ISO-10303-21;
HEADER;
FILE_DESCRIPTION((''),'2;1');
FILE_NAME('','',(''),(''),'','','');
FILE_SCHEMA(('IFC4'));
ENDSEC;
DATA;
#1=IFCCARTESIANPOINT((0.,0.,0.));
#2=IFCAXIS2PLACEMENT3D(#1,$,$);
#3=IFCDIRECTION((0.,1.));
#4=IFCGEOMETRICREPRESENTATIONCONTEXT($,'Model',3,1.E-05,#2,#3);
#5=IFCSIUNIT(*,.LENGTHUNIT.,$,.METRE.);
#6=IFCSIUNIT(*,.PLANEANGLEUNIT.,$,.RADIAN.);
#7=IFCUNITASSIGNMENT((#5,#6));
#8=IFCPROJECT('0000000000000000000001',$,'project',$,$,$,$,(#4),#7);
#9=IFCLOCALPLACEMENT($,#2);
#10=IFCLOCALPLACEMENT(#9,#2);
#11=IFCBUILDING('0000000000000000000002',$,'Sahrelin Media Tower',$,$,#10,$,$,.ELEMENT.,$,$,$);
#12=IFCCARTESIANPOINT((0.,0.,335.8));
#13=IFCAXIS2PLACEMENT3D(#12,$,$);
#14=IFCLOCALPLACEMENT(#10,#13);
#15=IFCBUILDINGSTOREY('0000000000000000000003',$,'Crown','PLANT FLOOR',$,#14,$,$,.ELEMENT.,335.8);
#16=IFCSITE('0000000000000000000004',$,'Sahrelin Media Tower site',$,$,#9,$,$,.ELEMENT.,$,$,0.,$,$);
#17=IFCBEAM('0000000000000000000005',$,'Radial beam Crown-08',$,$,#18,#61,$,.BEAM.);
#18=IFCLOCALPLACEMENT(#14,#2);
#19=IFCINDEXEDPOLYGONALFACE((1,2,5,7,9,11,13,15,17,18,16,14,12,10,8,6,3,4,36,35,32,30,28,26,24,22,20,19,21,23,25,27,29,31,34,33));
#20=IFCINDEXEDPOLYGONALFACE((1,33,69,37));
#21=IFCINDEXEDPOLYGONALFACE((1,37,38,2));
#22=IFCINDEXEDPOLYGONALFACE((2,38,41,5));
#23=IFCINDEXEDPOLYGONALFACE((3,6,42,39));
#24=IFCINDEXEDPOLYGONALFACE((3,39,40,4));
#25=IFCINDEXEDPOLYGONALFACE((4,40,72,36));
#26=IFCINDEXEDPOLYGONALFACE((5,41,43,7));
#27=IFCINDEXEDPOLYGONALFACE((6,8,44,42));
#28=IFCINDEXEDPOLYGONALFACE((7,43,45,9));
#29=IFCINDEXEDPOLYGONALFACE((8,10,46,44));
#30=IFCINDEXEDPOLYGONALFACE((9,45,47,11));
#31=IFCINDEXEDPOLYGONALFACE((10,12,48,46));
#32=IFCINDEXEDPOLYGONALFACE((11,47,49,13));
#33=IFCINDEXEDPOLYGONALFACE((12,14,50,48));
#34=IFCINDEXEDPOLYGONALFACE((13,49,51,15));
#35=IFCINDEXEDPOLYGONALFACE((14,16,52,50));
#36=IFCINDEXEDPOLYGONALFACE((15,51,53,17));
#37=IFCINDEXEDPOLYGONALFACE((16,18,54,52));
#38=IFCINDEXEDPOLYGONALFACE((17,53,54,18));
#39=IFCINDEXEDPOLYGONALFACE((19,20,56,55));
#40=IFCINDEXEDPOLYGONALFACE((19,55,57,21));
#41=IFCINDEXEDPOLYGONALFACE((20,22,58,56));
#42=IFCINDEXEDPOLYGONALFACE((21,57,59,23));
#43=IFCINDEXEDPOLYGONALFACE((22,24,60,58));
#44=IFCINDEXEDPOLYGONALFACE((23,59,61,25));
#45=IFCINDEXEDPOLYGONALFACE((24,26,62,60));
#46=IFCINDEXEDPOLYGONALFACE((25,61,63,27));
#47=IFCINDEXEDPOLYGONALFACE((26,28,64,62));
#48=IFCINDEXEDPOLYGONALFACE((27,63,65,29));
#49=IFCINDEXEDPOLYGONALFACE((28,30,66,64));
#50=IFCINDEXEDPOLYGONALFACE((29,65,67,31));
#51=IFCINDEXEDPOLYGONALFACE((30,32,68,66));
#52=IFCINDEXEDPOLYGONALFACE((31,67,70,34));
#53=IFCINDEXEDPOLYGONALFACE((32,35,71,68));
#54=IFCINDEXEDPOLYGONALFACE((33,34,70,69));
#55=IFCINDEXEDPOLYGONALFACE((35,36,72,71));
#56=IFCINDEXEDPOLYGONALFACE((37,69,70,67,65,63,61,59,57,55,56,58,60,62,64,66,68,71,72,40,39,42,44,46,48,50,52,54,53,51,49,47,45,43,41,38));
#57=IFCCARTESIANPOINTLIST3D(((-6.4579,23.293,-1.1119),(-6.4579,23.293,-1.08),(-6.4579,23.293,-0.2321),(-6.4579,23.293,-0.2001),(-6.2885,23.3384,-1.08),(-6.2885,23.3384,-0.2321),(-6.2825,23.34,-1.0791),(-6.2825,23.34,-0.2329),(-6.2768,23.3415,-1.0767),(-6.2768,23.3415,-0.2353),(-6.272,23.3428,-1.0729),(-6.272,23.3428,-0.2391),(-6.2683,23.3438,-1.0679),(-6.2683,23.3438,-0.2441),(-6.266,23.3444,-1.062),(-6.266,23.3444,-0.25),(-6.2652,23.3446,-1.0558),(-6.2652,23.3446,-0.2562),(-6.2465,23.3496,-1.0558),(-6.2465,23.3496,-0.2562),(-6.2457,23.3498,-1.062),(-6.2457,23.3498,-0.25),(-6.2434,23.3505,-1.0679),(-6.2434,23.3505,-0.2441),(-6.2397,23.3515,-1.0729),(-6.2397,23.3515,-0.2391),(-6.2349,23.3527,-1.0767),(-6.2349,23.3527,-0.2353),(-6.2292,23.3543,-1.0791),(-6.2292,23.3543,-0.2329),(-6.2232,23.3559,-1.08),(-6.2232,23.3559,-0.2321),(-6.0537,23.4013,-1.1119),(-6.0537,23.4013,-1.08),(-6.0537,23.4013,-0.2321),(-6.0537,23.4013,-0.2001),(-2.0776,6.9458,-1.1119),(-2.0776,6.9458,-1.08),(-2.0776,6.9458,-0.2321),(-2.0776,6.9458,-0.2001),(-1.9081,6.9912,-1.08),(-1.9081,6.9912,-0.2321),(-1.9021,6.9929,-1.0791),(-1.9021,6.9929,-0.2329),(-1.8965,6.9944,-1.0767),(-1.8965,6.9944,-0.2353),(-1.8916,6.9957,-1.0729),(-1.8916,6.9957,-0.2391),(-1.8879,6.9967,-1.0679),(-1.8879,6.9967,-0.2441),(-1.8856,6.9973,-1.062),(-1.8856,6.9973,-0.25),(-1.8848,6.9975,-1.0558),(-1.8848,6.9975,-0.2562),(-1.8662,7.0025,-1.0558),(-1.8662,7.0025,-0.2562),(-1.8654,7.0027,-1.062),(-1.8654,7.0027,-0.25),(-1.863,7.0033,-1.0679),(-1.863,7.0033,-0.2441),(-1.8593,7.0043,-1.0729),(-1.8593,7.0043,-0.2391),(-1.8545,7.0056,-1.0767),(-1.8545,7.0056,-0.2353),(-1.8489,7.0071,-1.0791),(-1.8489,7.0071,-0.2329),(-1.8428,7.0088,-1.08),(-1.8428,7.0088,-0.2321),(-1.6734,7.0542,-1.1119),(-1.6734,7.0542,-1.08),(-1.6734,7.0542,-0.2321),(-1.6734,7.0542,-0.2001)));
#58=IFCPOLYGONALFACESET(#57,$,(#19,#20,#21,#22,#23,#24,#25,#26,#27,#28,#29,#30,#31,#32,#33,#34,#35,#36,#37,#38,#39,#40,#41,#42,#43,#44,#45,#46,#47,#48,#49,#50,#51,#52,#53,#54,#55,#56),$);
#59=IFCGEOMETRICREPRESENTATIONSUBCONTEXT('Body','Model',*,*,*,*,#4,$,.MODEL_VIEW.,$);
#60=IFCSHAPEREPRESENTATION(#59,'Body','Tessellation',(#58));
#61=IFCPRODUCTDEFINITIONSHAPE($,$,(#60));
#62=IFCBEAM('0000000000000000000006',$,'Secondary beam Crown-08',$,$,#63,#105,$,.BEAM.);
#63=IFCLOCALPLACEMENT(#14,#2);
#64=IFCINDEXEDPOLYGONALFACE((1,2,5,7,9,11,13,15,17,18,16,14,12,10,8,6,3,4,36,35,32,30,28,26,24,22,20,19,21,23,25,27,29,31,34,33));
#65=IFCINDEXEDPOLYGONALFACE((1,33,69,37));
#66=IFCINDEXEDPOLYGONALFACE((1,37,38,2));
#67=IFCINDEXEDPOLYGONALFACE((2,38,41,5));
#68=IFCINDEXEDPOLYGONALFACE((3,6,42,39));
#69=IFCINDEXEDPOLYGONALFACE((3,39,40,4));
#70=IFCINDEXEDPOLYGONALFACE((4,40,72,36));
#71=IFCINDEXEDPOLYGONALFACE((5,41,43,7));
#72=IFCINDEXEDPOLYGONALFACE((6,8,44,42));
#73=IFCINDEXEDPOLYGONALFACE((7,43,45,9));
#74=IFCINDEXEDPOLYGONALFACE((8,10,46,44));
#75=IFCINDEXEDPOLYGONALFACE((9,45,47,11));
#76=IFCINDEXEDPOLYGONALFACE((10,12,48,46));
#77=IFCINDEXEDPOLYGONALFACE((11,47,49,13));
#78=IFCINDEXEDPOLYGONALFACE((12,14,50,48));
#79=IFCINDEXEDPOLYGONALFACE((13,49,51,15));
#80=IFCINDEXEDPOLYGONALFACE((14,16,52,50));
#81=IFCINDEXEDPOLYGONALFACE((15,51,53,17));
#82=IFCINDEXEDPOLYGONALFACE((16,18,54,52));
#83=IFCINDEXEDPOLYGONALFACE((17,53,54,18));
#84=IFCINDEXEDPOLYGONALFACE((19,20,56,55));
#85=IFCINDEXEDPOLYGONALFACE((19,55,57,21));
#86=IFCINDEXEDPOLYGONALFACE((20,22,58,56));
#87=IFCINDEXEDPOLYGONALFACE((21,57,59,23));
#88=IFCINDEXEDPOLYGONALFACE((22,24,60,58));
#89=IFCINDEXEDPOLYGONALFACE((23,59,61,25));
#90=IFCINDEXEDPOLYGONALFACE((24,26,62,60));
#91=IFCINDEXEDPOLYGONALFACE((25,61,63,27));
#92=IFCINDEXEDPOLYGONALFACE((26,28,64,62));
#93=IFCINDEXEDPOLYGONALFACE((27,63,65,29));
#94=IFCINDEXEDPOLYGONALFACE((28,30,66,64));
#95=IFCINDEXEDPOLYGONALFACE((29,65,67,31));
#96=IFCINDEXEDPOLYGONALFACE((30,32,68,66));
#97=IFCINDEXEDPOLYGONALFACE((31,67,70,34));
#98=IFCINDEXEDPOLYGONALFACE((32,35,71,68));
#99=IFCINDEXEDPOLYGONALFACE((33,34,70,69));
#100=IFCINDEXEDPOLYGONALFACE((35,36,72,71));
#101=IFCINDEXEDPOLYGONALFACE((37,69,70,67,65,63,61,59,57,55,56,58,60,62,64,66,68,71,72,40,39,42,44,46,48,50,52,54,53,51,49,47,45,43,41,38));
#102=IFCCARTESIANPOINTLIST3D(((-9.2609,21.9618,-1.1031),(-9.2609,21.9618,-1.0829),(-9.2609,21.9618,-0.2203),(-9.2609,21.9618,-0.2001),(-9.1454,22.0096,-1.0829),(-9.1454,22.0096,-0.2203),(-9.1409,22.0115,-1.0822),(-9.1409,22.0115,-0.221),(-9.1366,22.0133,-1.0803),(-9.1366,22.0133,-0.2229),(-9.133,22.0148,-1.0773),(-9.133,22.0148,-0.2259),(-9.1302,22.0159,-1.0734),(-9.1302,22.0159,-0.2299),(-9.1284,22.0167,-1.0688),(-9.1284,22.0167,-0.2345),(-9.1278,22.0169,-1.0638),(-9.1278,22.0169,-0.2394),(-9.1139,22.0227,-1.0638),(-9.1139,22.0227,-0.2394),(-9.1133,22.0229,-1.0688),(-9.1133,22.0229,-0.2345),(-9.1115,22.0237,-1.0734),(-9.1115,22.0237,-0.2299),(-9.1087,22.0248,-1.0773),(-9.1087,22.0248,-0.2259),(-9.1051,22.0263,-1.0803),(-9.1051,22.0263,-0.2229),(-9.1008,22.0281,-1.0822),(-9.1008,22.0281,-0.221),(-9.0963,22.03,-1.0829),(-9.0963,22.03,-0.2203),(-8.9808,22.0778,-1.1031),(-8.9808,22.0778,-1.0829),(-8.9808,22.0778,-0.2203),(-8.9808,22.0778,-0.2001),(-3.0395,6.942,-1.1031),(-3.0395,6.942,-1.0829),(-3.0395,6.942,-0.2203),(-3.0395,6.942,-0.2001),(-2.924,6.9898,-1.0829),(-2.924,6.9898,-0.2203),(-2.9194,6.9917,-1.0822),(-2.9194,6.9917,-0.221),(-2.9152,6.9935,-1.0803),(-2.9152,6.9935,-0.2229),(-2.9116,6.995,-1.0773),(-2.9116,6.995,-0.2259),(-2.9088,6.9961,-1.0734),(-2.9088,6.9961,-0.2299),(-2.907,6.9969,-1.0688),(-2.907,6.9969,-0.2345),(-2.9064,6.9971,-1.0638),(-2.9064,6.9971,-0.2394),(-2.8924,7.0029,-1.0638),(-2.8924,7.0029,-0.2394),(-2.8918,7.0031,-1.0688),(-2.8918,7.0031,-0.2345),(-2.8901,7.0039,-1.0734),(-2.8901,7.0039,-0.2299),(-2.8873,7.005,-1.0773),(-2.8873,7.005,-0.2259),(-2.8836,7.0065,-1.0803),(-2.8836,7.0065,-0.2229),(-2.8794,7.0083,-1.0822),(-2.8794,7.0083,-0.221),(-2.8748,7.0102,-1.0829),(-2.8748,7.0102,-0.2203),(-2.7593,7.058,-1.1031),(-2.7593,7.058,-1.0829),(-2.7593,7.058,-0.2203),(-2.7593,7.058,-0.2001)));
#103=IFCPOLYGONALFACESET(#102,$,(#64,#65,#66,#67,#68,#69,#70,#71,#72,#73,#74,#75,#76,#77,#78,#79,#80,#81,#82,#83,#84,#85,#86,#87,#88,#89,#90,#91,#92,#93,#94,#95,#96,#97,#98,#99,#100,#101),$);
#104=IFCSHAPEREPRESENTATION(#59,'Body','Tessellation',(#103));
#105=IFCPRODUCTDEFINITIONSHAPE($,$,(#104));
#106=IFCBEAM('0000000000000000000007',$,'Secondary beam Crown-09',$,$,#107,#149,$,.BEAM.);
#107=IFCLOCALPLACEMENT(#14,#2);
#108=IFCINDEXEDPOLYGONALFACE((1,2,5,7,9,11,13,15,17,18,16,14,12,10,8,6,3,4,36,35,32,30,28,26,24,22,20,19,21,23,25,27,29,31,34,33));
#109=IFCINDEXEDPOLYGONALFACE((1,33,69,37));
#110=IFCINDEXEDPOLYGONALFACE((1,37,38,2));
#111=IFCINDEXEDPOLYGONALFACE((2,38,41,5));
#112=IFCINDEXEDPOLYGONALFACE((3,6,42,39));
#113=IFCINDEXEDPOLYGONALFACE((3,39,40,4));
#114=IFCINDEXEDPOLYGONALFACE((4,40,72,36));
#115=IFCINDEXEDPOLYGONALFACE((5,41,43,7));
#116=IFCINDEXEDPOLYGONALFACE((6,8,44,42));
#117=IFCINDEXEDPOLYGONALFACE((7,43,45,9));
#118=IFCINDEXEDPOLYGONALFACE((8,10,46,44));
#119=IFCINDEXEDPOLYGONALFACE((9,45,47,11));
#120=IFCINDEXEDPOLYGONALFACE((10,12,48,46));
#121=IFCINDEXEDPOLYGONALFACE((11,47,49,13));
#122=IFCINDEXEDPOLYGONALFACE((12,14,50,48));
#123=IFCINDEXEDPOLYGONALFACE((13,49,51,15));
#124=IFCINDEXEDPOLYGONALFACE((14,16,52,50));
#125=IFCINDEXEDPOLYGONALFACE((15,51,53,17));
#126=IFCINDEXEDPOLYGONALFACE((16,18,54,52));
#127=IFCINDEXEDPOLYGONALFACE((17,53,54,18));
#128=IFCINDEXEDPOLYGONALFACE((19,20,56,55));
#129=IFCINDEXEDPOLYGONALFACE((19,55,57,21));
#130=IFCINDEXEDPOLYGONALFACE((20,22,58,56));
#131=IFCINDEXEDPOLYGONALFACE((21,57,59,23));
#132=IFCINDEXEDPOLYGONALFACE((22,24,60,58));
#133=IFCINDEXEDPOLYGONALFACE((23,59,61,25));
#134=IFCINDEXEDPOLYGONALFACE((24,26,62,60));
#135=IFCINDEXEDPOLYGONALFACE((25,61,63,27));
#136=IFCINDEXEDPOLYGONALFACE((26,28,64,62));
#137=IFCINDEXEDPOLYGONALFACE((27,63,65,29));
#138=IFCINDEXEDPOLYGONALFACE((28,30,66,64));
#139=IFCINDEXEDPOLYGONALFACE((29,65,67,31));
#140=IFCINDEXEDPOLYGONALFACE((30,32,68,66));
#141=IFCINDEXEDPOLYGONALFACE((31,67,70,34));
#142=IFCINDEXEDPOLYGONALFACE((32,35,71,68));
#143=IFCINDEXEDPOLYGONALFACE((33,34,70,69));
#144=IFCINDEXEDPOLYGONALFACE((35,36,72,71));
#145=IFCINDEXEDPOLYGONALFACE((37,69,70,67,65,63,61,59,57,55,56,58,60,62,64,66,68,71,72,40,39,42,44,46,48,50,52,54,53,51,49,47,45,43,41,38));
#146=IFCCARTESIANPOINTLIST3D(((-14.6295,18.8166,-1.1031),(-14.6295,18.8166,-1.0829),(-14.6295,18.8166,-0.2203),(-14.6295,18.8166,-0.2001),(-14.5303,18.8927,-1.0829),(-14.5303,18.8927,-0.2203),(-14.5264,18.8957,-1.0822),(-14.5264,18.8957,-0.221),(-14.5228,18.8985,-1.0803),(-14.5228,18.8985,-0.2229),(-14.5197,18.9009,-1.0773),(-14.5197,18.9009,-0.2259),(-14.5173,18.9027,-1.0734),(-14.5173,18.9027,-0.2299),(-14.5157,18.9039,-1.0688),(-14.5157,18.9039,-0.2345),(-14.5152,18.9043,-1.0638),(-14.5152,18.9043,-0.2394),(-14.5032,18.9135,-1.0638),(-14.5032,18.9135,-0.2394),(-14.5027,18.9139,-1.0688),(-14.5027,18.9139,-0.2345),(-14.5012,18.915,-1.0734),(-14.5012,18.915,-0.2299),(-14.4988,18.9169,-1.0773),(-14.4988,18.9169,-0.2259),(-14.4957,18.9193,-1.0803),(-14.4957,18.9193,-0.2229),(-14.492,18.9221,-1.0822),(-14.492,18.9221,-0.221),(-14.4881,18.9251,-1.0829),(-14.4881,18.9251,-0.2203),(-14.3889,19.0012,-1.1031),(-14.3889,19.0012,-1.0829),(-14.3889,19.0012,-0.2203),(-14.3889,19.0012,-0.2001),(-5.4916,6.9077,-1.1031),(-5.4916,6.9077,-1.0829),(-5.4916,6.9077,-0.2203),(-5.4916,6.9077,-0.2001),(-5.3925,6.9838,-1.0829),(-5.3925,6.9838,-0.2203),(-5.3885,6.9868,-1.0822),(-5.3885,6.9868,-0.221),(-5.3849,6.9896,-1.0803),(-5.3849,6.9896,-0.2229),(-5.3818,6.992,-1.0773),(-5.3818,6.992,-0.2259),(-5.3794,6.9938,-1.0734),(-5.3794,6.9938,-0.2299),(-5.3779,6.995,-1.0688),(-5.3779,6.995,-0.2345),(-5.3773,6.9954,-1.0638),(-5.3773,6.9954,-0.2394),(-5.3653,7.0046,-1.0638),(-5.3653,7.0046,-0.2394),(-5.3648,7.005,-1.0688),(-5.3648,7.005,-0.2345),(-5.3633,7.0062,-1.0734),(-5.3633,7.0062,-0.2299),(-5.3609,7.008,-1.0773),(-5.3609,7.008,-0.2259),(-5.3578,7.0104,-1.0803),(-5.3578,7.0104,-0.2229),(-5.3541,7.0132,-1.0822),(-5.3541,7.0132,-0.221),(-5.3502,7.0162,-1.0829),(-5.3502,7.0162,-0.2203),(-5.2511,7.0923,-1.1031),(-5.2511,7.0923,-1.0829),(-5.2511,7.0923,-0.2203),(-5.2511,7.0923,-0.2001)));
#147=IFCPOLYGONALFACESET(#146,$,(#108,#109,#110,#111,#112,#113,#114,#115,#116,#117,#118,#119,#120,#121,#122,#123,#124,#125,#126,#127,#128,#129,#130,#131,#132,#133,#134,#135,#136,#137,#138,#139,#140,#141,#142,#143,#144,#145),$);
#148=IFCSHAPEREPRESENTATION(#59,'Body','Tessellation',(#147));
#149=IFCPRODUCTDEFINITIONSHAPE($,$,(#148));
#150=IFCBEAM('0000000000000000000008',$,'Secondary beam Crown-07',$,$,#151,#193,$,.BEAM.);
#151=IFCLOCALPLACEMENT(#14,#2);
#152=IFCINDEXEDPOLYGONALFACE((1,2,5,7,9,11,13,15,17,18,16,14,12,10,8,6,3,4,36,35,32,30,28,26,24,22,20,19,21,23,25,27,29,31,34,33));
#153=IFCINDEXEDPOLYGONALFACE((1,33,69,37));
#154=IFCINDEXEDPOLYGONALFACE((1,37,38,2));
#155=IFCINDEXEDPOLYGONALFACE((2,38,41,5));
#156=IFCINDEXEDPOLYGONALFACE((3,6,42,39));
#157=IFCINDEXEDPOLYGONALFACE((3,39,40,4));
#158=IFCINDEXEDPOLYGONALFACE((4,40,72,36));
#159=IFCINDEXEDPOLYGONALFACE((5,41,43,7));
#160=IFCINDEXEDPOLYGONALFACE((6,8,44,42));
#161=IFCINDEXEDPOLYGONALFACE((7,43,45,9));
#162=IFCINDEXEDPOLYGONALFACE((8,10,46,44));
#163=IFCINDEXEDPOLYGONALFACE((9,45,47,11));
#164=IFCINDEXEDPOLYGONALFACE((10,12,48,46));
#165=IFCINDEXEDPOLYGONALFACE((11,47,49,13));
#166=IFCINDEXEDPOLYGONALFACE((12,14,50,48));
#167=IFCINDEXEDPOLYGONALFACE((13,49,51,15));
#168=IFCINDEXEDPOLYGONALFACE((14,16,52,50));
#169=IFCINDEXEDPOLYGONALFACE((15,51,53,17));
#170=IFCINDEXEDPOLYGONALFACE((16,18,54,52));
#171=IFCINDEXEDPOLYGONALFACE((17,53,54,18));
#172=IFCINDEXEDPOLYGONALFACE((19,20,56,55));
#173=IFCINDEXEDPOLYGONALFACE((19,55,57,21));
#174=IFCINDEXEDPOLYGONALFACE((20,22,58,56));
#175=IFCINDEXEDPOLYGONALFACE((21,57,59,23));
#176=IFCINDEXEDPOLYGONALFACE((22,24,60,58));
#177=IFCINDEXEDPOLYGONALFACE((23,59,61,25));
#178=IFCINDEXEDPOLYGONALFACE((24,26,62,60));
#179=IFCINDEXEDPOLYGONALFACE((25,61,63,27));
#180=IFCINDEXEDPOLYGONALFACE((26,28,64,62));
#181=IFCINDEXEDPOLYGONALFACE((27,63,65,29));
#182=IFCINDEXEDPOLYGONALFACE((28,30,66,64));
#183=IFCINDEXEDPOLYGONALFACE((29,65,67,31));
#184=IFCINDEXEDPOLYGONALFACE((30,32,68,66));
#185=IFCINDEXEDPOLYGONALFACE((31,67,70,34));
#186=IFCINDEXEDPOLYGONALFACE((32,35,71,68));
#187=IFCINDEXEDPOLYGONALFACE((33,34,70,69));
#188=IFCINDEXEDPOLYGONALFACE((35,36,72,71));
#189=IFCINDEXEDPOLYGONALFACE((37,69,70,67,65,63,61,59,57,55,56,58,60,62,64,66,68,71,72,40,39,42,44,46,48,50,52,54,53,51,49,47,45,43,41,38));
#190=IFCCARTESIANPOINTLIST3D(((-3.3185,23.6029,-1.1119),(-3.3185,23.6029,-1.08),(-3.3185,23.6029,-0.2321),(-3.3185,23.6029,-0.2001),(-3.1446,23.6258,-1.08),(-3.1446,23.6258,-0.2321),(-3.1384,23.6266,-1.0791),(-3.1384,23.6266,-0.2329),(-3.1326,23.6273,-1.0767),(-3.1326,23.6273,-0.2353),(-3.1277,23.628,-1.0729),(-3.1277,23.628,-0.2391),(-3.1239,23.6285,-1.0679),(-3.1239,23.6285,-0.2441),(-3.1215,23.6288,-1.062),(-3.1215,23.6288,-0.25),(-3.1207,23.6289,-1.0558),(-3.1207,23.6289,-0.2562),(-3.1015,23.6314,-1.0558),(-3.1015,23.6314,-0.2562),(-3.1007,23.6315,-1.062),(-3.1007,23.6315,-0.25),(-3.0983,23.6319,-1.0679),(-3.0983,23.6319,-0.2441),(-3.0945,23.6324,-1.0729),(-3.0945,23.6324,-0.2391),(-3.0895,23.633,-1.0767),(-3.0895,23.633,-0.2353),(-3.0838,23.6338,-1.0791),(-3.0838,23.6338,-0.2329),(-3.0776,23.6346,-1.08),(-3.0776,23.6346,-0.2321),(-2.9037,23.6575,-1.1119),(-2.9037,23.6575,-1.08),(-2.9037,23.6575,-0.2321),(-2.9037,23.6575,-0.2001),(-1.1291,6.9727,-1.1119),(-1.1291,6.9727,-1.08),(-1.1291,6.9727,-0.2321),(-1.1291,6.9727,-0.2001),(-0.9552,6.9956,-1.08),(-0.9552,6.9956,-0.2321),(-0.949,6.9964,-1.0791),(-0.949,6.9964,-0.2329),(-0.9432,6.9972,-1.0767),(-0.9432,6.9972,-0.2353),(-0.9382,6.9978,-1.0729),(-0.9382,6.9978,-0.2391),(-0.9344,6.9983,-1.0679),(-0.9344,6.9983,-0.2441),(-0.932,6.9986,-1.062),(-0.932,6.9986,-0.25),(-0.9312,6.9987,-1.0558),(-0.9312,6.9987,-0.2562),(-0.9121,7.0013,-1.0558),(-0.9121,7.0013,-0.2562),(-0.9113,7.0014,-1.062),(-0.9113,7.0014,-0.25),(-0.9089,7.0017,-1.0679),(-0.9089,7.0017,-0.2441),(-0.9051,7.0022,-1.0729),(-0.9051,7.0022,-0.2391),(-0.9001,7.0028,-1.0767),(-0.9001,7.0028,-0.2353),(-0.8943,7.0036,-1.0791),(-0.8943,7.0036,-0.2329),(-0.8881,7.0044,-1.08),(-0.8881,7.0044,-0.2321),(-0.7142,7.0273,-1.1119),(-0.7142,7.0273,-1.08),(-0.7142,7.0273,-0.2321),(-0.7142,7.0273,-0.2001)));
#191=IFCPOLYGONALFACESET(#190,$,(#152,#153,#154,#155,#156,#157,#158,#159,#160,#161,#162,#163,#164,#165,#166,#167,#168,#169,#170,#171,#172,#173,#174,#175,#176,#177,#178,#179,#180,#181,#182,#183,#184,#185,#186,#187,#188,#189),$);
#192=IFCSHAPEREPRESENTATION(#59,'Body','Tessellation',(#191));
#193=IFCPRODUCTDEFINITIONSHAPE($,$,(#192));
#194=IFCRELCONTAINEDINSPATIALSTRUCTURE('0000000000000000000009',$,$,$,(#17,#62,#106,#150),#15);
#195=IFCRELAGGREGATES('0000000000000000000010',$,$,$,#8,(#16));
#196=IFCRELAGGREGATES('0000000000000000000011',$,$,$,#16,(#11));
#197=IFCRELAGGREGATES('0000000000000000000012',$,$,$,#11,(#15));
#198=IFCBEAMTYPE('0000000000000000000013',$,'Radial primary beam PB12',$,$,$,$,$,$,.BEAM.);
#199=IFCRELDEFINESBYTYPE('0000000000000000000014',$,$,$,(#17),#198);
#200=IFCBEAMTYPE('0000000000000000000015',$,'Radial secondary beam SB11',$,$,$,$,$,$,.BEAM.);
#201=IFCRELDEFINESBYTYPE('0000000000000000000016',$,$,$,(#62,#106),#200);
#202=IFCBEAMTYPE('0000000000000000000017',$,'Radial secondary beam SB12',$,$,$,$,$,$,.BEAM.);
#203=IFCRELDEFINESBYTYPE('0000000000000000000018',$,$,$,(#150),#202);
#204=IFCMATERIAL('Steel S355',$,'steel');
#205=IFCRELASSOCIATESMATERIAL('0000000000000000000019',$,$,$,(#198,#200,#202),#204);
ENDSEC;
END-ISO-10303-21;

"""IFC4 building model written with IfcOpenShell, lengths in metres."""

from ifc_helpers import new_model, si_unit, direction, frame, origin, origin_2d, place, context, subcontext, project, spatial, i_section, extrude, material, material_profile, profile_set, type_object, element, save


model = new_model("IFC4")

# Units and contexts
model_context = context("Model", 3, precision=1e-05, world=origin(), true_north=direction((0.0, 1.0)))
body_context = subcontext(model_context, "Body", "Model", "MODEL_VIEW")
ifc_project = project(units=[si_unit("LENGTHUNIT", "METRE"), si_unit("PLANEANGLEUNIT", "RADIAN")], contexts=[model_context])

# Site, building, storey
site_placement = place(None, origin())
site = spatial("IfcSite", under=ifc_project, at=site_placement, Name="Sahrelin Media Tower site", CompositionType="ELEMENT", RefElevation=0.0)
building_placement = place(site_placement, origin())
building = spatial("IfcBuilding", under=site, at=building_placement, Name="Sahrelin Media Tower", CompositionType="ELEMENT")
storey_placement = place(building_placement, frame((0.0, 0.0, 335.8)))
storey = spatial("IfcBuildingStorey", under=building, at=storey_placement, Name="Crown", Description="PLANT FLOOR", CompositionType="ELEMENT", Elevation=335.8)

# Beams
ifc_material_1 = material(Name="Steel S355", Category="steel")
ifc_material_profile_1 = material_profile(ifc_material_1, i_section(OverallWidth=0.4185, OverallDepth=0.9119, WebThickness=0.0193, FlangeThickness=0.032, FilletRadius=0.0242, at=origin_2d()), Name="UB 914x419x343")
ifc_profile_set_1 = profile_set([ifc_material_profile_1], Name="Steel S355")
beam_type_1 = type_object("IfcBeamType", Name="Radial primary beam PB12", PredefinedType="BEAM", material=ifc_profile_set_1)
beam_1_placement = place(storey_placement, frame((-1.8755, 7.0, -0.656), z_axis=(-0.258828, 0.965923, 0.0), x_axis=(-0.965923, -0.258828, 0.0)))
element("IfcBeam", 1, at=beam_1_placement, inside=storey, type_object=beam_type_1, Name="Radial beam Crown-08", PredefinedType="BEAM", context=body_context, shape_type="SweptSolid", body=[
    extrude(i_section(OverallWidth=0.4185, OverallDepth=0.9119, WebThickness=0.0193, FlangeThickness=0.032, FilletRadius=0.0242, at=origin_2d()), origin(), (0.0, 0.0, 1.0), 16.9238),
])
ifc_material_profile_2 = material_profile(ifc_material_1, i_section(OverallWidth=0.3032, OverallDepth=0.9031, WebThickness=0.0151, FlangeThickness=0.0203, FilletRadius=0.019, at=origin_2d()), Name="UB 914x305x201")
ifc_profile_set_2 = profile_set([ifc_material_profile_2], Name="Steel S355")
beam_type_2 = type_object("IfcBeamType", Name="Radial secondary beam SB11", PredefinedType="BEAM", material=ifc_profile_set_2)
beam_2_placement = place(storey_placement, frame((-2.8994, 7.0, -0.6516), z_axis=(-0.382686, 0.923879, 0.0), x_axis=(-0.923879, -0.382686, 0.0)))
element("IfcBeam", 2, at=beam_2_placement, inside=storey, type_object=beam_type_2, Name="Secondary beam Crown-08", PredefinedType="BEAM", context=body_context, shape_type="SweptSolid", body=[
    extrude(i_section(OverallWidth=0.3032, OverallDepth=0.9031, WebThickness=0.0151, FlangeThickness=0.0203, FilletRadius=0.019, at=origin_2d()), origin(), (0.0, 0.0, 1.0), 16.2573),
])
beam_3_placement = place(storey_placement, frame((-5.3713, 7.0, -0.6516), z_axis=(-0.608757, 0.793357, 0.0), x_axis=(-0.793357, -0.608757, 0.0)))
element("IfcBeam", 3, at=beam_3_placement, inside=storey, type_object=beam_type_2, Name="Secondary beam Crown-09", PredefinedType="BEAM", context=body_context, shape_type="SweptSolid", body=[
    extrude(i_section(OverallWidth=0.3032, OverallDepth=0.9031, WebThickness=0.0151, FlangeThickness=0.0203, FilletRadius=0.019, at=origin_2d()), origin(), (0.0, 0.0, 1.0), 15.0107),
])
ifc_material_profile_3 = material_profile(ifc_material_1, i_section(OverallWidth=0.4185, OverallDepth=0.9119, WebThickness=0.0193, FlangeThickness=0.032, FilletRadius=0.0242, at=origin_2d()), Name="UB 914x419x343")
ifc_profile_set_3 = profile_set([ifc_material_profile_3], Name="Steel S355")
beam_type_3 = type_object("IfcBeamType", Name="Radial secondary beam SB12", PredefinedType="BEAM", material=ifc_profile_set_3)
beam_4_placement = place(storey_placement, frame((-0.9216, 7.0, -0.656), z_axis=(-0.130529, 0.991444, 0.0), x_axis=(-0.991444, -0.130529, 0.0)))
element("IfcBeam", 4, at=beam_4_placement, inside=storey, type_object=beam_type_3, Name="Secondary beam Crown-07", PredefinedType="BEAM", context=body_context, shape_type="SweptSolid", body=[
    extrude(i_section(OverallWidth=0.4185, OverallDepth=0.9119, WebThickness=0.0193, FlangeThickness=0.032, FilletRadius=0.0242, at=origin_2d()), origin(), (0.0, 0.0, 1.0), 16.7737),
])

save(model, "model.ifc")
